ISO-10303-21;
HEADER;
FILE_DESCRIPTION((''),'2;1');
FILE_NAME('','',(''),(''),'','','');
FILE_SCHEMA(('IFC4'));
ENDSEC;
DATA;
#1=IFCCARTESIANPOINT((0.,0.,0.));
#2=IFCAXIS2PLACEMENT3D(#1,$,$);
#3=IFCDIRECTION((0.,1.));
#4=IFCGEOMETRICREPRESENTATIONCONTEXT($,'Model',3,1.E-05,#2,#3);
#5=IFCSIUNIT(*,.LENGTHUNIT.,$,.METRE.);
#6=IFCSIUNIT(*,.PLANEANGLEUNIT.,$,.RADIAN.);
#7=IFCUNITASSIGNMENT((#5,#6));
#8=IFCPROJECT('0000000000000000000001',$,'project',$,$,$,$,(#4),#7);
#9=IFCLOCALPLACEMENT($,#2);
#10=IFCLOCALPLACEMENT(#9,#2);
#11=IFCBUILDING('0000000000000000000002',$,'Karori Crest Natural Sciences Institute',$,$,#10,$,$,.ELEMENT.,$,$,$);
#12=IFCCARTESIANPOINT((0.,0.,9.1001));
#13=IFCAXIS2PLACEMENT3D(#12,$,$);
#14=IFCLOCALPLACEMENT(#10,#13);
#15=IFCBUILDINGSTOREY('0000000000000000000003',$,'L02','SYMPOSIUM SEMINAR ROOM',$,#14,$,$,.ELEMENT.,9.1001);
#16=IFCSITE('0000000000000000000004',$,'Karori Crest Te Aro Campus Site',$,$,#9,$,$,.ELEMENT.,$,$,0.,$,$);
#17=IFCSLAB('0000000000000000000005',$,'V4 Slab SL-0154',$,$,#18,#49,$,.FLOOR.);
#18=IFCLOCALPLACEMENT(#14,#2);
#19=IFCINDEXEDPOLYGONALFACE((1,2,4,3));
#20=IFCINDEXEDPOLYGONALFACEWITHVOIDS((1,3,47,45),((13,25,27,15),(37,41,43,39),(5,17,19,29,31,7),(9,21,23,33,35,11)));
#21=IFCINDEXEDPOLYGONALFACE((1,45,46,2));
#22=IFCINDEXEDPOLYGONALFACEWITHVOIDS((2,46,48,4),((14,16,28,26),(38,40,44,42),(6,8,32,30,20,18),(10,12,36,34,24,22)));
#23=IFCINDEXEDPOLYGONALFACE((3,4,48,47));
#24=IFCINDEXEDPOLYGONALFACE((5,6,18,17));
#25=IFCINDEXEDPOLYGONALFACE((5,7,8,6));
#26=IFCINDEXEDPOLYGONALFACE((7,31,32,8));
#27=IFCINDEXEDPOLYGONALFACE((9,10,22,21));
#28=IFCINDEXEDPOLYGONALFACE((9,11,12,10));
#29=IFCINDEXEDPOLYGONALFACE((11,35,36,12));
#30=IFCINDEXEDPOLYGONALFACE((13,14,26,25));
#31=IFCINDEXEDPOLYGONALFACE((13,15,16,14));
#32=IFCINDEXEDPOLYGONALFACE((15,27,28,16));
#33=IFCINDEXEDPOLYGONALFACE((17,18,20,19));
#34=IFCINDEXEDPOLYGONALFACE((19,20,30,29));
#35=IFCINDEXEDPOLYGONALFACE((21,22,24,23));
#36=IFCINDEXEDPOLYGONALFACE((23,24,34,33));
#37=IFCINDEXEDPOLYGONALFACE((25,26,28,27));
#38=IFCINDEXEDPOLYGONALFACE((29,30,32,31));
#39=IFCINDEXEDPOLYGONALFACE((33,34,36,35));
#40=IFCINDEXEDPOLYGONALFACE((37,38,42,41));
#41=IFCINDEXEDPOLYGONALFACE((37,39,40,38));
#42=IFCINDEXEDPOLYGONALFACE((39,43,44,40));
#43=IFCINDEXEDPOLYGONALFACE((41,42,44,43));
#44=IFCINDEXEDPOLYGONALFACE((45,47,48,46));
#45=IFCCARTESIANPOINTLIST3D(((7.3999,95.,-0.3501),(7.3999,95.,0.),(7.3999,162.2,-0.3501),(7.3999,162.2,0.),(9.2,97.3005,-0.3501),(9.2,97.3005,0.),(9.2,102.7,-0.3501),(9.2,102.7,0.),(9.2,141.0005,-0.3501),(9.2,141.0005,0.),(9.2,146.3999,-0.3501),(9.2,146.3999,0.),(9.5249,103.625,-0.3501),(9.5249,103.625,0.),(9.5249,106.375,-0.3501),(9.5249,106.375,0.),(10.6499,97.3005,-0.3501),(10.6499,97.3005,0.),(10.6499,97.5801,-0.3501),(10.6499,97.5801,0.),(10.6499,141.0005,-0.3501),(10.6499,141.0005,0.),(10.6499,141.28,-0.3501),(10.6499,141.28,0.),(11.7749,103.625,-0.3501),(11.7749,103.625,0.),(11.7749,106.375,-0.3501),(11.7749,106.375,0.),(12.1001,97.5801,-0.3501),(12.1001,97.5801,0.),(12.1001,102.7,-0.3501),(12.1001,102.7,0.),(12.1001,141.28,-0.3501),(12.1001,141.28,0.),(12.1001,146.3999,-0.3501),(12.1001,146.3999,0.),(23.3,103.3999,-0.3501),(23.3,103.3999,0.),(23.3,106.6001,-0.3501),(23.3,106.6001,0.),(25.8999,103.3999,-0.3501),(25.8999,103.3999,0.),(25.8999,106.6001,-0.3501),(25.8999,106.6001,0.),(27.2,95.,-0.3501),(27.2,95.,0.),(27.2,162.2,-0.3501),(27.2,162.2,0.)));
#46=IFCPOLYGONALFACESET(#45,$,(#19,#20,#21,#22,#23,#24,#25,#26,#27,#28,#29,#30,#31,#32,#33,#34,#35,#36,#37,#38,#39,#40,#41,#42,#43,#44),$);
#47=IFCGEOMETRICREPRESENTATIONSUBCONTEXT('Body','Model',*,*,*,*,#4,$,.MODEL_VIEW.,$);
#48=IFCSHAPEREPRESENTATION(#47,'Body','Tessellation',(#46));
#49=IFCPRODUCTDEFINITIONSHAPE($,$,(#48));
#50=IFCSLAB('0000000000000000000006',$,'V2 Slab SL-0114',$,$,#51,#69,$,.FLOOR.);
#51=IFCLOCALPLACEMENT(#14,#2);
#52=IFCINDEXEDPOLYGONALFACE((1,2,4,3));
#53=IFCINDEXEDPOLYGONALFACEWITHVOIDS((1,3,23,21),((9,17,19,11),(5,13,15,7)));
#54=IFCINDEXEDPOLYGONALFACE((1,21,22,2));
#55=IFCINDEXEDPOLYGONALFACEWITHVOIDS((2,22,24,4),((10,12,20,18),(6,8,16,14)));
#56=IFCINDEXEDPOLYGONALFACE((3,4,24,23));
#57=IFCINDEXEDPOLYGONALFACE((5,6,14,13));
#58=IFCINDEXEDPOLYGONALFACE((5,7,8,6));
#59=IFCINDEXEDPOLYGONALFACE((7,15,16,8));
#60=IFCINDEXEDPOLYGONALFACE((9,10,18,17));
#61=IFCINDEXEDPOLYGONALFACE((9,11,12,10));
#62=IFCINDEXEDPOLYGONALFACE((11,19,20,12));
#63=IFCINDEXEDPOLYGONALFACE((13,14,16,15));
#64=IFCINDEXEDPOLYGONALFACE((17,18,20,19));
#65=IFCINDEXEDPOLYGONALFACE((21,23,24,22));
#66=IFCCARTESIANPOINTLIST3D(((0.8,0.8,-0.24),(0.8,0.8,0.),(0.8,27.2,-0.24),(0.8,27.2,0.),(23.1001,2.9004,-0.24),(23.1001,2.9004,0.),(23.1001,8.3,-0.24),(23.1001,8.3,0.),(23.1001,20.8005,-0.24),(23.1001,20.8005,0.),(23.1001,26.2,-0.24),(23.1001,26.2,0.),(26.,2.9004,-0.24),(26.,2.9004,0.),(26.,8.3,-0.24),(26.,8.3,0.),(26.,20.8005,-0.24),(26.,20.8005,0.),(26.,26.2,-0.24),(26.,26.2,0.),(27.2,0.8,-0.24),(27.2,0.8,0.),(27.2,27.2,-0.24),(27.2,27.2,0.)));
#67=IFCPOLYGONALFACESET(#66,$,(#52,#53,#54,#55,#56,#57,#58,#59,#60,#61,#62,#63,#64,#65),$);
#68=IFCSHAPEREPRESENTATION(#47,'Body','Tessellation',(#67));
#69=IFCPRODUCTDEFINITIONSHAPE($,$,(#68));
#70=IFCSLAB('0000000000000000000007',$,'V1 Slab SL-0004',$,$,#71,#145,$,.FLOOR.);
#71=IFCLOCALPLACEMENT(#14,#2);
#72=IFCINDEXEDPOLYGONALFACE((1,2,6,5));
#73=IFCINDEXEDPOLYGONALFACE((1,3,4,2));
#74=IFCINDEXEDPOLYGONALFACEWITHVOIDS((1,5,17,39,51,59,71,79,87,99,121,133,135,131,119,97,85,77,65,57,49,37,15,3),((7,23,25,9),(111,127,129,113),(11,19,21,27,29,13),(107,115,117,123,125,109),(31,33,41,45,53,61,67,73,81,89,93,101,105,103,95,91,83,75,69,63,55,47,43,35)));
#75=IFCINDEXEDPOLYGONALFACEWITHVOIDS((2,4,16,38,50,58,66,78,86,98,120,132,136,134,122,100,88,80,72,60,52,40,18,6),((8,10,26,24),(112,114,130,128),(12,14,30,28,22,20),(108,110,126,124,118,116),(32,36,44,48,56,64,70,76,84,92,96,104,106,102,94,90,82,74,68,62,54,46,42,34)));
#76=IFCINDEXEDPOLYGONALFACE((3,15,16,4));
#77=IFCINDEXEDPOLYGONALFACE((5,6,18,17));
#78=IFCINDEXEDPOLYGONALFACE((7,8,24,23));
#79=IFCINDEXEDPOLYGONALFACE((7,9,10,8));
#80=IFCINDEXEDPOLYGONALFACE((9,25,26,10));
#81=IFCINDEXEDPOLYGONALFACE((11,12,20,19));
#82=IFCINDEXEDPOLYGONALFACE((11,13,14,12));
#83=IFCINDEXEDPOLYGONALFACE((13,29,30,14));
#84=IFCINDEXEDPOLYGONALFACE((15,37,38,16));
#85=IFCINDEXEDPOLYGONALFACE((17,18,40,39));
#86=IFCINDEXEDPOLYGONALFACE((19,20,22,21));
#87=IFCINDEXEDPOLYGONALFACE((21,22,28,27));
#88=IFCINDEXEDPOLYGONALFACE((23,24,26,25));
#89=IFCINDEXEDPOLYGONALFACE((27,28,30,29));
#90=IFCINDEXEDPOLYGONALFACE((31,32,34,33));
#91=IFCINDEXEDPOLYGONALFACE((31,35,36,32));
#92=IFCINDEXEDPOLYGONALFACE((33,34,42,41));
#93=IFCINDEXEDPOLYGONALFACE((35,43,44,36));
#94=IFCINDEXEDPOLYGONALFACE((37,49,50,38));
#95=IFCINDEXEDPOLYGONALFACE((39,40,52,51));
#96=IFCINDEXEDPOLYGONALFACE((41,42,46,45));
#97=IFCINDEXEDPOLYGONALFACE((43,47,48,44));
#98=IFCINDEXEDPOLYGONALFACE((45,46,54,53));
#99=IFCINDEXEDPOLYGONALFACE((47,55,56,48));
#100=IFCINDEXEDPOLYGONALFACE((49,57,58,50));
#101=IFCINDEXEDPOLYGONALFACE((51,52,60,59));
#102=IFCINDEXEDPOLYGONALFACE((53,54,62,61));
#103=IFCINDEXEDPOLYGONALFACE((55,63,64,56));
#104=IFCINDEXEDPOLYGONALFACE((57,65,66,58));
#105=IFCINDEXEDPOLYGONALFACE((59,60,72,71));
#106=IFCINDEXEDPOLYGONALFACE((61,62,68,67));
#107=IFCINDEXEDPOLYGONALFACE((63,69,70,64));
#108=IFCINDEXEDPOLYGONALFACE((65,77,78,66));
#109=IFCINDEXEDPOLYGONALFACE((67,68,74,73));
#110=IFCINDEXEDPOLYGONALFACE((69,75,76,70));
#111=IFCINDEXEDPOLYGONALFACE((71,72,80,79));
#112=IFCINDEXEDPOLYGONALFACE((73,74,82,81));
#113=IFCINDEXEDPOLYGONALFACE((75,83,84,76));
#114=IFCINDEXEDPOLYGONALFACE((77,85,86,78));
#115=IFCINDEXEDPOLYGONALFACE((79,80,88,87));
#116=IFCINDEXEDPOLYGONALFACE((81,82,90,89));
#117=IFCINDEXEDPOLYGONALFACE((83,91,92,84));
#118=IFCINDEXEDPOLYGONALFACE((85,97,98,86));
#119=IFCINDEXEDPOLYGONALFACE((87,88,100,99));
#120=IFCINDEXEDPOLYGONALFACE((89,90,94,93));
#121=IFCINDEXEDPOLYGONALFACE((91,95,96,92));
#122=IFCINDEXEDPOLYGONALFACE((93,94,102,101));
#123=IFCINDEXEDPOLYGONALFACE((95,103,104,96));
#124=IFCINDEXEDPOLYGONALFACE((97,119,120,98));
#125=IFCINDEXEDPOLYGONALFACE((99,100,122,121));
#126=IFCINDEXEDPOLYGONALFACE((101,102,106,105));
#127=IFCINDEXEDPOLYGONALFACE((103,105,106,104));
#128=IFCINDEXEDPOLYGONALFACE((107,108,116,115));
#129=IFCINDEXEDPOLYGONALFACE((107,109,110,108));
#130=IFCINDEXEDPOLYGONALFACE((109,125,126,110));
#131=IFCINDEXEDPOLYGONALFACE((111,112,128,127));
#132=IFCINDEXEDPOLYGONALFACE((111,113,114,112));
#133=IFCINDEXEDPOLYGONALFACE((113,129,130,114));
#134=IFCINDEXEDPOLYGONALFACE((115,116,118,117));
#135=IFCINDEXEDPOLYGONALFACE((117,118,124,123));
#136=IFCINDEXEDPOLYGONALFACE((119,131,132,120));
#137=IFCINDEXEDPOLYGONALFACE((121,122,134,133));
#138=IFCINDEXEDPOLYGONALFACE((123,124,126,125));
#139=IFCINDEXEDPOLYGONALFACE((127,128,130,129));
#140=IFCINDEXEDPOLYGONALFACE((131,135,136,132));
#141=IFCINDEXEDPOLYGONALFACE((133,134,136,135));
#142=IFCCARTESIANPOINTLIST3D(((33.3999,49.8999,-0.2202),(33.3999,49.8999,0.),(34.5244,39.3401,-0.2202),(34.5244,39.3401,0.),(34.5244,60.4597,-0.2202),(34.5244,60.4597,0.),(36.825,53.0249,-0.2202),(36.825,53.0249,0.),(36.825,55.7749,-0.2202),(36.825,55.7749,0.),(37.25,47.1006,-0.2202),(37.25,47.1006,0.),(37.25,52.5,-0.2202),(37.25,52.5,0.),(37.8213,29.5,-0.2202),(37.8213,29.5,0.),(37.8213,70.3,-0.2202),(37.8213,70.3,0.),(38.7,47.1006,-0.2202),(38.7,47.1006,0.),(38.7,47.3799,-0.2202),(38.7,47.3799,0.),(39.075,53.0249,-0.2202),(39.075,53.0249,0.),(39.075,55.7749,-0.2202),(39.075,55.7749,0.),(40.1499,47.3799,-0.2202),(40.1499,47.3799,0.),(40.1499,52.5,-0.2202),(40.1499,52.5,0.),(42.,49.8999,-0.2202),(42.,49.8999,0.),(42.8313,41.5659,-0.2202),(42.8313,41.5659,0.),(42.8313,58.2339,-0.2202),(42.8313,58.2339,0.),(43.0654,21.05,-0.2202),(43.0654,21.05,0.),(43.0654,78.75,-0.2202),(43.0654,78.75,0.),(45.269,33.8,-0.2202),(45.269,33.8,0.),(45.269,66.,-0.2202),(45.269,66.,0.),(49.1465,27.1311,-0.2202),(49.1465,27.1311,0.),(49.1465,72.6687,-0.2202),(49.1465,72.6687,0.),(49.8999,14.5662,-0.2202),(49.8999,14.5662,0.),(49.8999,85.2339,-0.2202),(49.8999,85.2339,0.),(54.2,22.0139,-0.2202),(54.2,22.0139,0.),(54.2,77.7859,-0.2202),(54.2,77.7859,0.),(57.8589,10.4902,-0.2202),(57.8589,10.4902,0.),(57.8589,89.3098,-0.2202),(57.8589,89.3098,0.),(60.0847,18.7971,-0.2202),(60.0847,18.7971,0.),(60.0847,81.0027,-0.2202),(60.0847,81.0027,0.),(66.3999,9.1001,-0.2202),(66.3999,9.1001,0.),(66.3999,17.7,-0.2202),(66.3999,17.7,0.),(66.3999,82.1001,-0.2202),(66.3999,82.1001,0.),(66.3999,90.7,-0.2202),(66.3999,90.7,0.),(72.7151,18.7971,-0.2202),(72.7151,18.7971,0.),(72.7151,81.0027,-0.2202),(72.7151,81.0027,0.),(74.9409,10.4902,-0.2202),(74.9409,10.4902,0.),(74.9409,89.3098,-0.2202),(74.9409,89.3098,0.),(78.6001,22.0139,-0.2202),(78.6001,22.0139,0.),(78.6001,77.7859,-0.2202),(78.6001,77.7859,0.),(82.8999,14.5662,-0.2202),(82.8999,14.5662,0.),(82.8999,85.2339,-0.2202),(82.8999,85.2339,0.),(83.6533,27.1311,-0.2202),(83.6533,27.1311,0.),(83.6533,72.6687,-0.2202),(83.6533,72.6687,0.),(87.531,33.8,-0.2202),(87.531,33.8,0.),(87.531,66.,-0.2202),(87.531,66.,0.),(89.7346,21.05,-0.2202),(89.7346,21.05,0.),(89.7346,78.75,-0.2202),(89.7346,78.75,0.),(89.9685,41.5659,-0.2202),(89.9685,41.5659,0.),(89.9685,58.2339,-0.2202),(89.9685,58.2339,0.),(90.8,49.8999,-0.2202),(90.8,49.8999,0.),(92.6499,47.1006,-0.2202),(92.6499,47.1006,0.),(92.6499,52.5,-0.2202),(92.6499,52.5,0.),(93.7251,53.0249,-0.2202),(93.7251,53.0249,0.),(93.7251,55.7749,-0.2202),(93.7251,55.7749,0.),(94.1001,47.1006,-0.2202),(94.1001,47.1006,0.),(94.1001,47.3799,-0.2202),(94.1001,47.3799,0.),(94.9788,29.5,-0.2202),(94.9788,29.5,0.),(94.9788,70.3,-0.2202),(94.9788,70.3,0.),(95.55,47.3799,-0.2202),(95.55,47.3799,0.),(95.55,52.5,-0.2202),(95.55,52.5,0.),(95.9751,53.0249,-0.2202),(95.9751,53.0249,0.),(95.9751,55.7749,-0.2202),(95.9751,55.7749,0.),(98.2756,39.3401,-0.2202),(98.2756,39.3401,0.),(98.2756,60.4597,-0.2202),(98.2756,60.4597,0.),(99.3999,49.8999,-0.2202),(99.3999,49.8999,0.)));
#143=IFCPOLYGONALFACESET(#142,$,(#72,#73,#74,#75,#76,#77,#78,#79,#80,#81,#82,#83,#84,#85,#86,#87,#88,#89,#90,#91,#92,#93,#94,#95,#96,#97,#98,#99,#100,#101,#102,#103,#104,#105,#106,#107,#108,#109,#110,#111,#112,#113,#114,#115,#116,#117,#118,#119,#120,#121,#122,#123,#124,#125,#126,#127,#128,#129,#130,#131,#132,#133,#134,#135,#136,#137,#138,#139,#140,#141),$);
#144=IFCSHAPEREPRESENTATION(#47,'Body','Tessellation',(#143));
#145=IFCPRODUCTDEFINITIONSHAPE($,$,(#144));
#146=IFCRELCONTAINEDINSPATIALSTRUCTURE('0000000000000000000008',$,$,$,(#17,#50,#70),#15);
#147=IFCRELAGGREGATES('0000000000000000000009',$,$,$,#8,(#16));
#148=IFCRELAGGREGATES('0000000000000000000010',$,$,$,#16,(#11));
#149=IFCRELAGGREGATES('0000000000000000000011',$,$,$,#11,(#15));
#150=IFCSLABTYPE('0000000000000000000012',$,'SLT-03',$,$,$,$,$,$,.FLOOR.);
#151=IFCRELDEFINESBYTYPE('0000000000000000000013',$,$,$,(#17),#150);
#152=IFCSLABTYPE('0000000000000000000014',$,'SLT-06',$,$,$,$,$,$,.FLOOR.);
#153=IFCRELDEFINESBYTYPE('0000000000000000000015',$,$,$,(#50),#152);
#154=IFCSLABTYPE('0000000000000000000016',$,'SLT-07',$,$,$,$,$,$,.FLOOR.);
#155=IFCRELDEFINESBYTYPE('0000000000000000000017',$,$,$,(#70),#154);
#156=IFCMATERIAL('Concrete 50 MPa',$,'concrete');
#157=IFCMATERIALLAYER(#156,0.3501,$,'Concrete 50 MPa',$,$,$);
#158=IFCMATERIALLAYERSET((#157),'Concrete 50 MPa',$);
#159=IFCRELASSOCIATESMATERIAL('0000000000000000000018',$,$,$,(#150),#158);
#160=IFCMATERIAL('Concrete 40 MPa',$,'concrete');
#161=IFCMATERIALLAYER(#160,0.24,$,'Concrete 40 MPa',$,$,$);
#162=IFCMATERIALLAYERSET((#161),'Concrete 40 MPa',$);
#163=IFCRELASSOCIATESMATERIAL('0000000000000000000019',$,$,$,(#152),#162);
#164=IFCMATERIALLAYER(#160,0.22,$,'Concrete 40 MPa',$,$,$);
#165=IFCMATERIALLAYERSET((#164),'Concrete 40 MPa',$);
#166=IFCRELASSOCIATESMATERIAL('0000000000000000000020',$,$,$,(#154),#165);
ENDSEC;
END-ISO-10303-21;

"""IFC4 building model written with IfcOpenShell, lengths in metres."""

from ifc_helpers import new_model, si_unit, direction, frame, origin, place, context, subcontext, project, spatial, polyline, outline, extrude, material, layer, layer_set, type_object, element, save


model = new_model("IFC4")

# Units and contexts
model_context = context("Model", 3, precision=1e-05, world=origin(), true_north=direction((0.0, 1.0)))
body_context = subcontext(model_context, "Body", "Model", "MODEL_VIEW")
ifc_project = project(units=[si_unit("LENGTHUNIT", "METRE"), si_unit("PLANEANGLEUNIT", "RADIAN")], contexts=[model_context])

# Site, building, storey
site_placement = place(None, origin())
site = spatial("IfcSite", under=ifc_project, at=site_placement, Name="Karori Crest Te Aro Campus Site", CompositionType="ELEMENT", RefElevation=0.0)
building_placement = place(site_placement, origin())
building = spatial("IfcBuilding", under=site, at=building_placement, Name="Karori Crest Natural Sciences Institute", CompositionType="ELEMENT")
storey_placement = place(building_placement, frame((0.0, 0.0, 9.1001)))
storey = spatial("IfcBuildingStorey", under=building, at=storey_placement, Name="L02", Description="SYMPOSIUM SEMINAR ROOM", CompositionType="ELEMENT", Elevation=9.1001)

# Slabs
ifc_material_1 = material(Name="Concrete 50 MPa", Category="concrete")
ifc_layer_1 = layer(ifc_material_1, 0.3501, Name="Concrete 50 MPa")
ifc_layer_set_1 = layer_set([ifc_layer_1], Name="Concrete 50 MPa")
slab_type_1 = type_object("IfcSlabType", Name="SLT-03", PredefinedType="FLOOR", material=ifc_layer_set_1)
slab_1_placement = place(storey_placement, frame((0.0, 0.0, -0.3501)))
element("IfcSlab", 1, at=slab_1_placement, inside=storey, type_object=slab_type_1, Name="V4 Slab SL-0154", PredefinedType="FLOOR", context=body_context, shape_type="SweptSolid", body=[
    extrude(outline(polyline([(7.3999, 95.0), (27.2, 95.0), (27.2, 162.2), (7.3999, 162.2), (7.3999, 95.0)]), holes=[polyline([(12.1001, 97.5801), (10.6499, 97.5801), (10.6499, 97.3005), (9.2, 97.3005), (9.2, 102.7), (12.1001, 102.7), (12.1001, 97.5801)]), polyline([(12.1001, 141.28), (10.6499, 141.28), (10.6499, 141.0005), (9.2, 141.0005), (9.2, 146.3999), (12.1001, 146.3999), (12.1001, 141.28)]), polyline([(9.5249, 106.375), (11.7749, 106.375), (11.7749, 103.625), (9.5249, 103.625), (9.5249, 106.375)]), polyline([(23.3, 106.6001), (25.8999, 106.6001), (25.8999, 103.3999), (23.3, 103.3999), (23.3, 106.6001)])]), origin(), (0.0, 0.0, 1.0), 0.3501),
])
ifc_material_2 = material(Name="Concrete 40 MPa", Category="concrete")
ifc_layer_2 = layer(ifc_material_2, 0.24, Name="Concrete 40 MPa")
ifc_layer_set_2 = layer_set([ifc_layer_2], Name="Concrete 40 MPa")
slab_type_2 = type_object("IfcSlabType", Name="SLT-06", PredefinedType="FLOOR", material=ifc_layer_set_2)
slab_2_placement = place(storey_placement, frame((0.0, 0.0, -0.24)))
element("IfcSlab", 2, at=slab_2_placement, inside=storey, type_object=slab_type_2, Name="V2 Slab SL-0114", PredefinedType="FLOOR", context=body_context, shape_type="SweptSolid", body=[
    extrude(outline(polyline([(0.8, 0.8), (27.2, 0.8), (27.2, 27.2), (0.8, 27.2), (0.8, 0.8)]), holes=[polyline([(26.0, 2.9004), (23.1001, 2.9004), (23.1001, 8.3), (26.0, 8.3), (26.0, 2.9004)]), polyline([(26.0, 20.8005), (23.1001, 20.8005), (23.1001, 26.2), (26.0, 26.2), (26.0, 20.8005)])]), origin(), (0.0, 0.0, 1.0), 0.24),
])
ifc_layer_3 = layer(ifc_material_2, 0.22, Name="Concrete 40 MPa")
ifc_layer_set_3 = layer_set([ifc_layer_3], Name="Concrete 40 MPa")
slab_type_3 = type_object("IfcSlabType", Name="SLT-07", PredefinedType="FLOOR", material=ifc_layer_set_3)
slab_3_placement = place(storey_placement, frame((0.0, 0.0, -0.2202)))
element("IfcSlab", 3, at=slab_3_placement, inside=storey, type_object=slab_type_3, Name="V1 Slab SL-0004", PredefinedType="FLOOR", context=body_context, shape_type="SweptSolid", body=[
    extrude(outline(polyline([(99.3999, 49.8999), (98.2756, 60.4597), (94.9788, 70.3), (89.7346, 78.75), (82.8999, 85.2339), (74.9409, 89.3098), (66.3999, 90.7), (57.8589, 89.3098), (49.8999, 85.2339), (43.0654, 78.75), (37.8213, 70.3), (34.5244, 60.4597), (33.3999, 49.8999), (34.5244, 39.3401), (37.8213, 29.5), (43.0654, 21.05), (49.8999, 14.5662), (57.8589, 10.4902), (66.3999, 9.1001), (74.9409, 10.4902), (82.8999, 14.5662), (89.7346, 21.05), (94.9788, 29.5), (98.2756, 39.3401), (99.3999, 49.8999)]), holes=[polyline([(89.9685, 41.5659), (87.531, 33.8), (83.6533, 27.1311), (78.6001, 22.0139), (72.7151, 18.7971), (66.3999, 17.7), (60.0847, 18.7971), (54.2, 22.0139), (49.1465, 27.1311), (45.269, 33.8), (42.8313, 41.5659), (42.0, 49.8999), (42.8313, 58.2339), (45.269, 66.0), (49.1465, 72.6687), (54.2, 77.7859), (60.0847, 81.0027), (66.3999, 82.1001), (72.7151, 81.0027), (78.6001, 77.7859), (83.6533, 72.6687), (87.531, 66.0), (89.9685, 58.2339), (90.8, 49.8999), (89.9685, 41.5659)]), polyline([(95.55, 47.3799), (94.1001, 47.3799), (94.1001, 47.1006), (92.6499, 47.1006), (92.6499, 52.5), (95.55, 52.5), (95.55, 47.3799)]), polyline([(40.1499, 47.3799), (38.7, 47.3799), (38.7, 47.1006), (37.25, 47.1006), (37.25, 52.5), (40.1499, 52.5), (40.1499, 47.3799)]), polyline([(93.7251, 55.7749), (95.9751, 55.7749), (95.9751, 53.0249), (93.7251, 53.0249), (93.7251, 55.7749)]), polyline([(36.825, 55.7749), (39.075, 55.7749), (39.075, 53.0249), (36.825, 53.0249), (36.825, 55.7749)])]), origin(), (0.0, 0.0, 1.0), 0.2202),
])

save(model, "model.ifc")
